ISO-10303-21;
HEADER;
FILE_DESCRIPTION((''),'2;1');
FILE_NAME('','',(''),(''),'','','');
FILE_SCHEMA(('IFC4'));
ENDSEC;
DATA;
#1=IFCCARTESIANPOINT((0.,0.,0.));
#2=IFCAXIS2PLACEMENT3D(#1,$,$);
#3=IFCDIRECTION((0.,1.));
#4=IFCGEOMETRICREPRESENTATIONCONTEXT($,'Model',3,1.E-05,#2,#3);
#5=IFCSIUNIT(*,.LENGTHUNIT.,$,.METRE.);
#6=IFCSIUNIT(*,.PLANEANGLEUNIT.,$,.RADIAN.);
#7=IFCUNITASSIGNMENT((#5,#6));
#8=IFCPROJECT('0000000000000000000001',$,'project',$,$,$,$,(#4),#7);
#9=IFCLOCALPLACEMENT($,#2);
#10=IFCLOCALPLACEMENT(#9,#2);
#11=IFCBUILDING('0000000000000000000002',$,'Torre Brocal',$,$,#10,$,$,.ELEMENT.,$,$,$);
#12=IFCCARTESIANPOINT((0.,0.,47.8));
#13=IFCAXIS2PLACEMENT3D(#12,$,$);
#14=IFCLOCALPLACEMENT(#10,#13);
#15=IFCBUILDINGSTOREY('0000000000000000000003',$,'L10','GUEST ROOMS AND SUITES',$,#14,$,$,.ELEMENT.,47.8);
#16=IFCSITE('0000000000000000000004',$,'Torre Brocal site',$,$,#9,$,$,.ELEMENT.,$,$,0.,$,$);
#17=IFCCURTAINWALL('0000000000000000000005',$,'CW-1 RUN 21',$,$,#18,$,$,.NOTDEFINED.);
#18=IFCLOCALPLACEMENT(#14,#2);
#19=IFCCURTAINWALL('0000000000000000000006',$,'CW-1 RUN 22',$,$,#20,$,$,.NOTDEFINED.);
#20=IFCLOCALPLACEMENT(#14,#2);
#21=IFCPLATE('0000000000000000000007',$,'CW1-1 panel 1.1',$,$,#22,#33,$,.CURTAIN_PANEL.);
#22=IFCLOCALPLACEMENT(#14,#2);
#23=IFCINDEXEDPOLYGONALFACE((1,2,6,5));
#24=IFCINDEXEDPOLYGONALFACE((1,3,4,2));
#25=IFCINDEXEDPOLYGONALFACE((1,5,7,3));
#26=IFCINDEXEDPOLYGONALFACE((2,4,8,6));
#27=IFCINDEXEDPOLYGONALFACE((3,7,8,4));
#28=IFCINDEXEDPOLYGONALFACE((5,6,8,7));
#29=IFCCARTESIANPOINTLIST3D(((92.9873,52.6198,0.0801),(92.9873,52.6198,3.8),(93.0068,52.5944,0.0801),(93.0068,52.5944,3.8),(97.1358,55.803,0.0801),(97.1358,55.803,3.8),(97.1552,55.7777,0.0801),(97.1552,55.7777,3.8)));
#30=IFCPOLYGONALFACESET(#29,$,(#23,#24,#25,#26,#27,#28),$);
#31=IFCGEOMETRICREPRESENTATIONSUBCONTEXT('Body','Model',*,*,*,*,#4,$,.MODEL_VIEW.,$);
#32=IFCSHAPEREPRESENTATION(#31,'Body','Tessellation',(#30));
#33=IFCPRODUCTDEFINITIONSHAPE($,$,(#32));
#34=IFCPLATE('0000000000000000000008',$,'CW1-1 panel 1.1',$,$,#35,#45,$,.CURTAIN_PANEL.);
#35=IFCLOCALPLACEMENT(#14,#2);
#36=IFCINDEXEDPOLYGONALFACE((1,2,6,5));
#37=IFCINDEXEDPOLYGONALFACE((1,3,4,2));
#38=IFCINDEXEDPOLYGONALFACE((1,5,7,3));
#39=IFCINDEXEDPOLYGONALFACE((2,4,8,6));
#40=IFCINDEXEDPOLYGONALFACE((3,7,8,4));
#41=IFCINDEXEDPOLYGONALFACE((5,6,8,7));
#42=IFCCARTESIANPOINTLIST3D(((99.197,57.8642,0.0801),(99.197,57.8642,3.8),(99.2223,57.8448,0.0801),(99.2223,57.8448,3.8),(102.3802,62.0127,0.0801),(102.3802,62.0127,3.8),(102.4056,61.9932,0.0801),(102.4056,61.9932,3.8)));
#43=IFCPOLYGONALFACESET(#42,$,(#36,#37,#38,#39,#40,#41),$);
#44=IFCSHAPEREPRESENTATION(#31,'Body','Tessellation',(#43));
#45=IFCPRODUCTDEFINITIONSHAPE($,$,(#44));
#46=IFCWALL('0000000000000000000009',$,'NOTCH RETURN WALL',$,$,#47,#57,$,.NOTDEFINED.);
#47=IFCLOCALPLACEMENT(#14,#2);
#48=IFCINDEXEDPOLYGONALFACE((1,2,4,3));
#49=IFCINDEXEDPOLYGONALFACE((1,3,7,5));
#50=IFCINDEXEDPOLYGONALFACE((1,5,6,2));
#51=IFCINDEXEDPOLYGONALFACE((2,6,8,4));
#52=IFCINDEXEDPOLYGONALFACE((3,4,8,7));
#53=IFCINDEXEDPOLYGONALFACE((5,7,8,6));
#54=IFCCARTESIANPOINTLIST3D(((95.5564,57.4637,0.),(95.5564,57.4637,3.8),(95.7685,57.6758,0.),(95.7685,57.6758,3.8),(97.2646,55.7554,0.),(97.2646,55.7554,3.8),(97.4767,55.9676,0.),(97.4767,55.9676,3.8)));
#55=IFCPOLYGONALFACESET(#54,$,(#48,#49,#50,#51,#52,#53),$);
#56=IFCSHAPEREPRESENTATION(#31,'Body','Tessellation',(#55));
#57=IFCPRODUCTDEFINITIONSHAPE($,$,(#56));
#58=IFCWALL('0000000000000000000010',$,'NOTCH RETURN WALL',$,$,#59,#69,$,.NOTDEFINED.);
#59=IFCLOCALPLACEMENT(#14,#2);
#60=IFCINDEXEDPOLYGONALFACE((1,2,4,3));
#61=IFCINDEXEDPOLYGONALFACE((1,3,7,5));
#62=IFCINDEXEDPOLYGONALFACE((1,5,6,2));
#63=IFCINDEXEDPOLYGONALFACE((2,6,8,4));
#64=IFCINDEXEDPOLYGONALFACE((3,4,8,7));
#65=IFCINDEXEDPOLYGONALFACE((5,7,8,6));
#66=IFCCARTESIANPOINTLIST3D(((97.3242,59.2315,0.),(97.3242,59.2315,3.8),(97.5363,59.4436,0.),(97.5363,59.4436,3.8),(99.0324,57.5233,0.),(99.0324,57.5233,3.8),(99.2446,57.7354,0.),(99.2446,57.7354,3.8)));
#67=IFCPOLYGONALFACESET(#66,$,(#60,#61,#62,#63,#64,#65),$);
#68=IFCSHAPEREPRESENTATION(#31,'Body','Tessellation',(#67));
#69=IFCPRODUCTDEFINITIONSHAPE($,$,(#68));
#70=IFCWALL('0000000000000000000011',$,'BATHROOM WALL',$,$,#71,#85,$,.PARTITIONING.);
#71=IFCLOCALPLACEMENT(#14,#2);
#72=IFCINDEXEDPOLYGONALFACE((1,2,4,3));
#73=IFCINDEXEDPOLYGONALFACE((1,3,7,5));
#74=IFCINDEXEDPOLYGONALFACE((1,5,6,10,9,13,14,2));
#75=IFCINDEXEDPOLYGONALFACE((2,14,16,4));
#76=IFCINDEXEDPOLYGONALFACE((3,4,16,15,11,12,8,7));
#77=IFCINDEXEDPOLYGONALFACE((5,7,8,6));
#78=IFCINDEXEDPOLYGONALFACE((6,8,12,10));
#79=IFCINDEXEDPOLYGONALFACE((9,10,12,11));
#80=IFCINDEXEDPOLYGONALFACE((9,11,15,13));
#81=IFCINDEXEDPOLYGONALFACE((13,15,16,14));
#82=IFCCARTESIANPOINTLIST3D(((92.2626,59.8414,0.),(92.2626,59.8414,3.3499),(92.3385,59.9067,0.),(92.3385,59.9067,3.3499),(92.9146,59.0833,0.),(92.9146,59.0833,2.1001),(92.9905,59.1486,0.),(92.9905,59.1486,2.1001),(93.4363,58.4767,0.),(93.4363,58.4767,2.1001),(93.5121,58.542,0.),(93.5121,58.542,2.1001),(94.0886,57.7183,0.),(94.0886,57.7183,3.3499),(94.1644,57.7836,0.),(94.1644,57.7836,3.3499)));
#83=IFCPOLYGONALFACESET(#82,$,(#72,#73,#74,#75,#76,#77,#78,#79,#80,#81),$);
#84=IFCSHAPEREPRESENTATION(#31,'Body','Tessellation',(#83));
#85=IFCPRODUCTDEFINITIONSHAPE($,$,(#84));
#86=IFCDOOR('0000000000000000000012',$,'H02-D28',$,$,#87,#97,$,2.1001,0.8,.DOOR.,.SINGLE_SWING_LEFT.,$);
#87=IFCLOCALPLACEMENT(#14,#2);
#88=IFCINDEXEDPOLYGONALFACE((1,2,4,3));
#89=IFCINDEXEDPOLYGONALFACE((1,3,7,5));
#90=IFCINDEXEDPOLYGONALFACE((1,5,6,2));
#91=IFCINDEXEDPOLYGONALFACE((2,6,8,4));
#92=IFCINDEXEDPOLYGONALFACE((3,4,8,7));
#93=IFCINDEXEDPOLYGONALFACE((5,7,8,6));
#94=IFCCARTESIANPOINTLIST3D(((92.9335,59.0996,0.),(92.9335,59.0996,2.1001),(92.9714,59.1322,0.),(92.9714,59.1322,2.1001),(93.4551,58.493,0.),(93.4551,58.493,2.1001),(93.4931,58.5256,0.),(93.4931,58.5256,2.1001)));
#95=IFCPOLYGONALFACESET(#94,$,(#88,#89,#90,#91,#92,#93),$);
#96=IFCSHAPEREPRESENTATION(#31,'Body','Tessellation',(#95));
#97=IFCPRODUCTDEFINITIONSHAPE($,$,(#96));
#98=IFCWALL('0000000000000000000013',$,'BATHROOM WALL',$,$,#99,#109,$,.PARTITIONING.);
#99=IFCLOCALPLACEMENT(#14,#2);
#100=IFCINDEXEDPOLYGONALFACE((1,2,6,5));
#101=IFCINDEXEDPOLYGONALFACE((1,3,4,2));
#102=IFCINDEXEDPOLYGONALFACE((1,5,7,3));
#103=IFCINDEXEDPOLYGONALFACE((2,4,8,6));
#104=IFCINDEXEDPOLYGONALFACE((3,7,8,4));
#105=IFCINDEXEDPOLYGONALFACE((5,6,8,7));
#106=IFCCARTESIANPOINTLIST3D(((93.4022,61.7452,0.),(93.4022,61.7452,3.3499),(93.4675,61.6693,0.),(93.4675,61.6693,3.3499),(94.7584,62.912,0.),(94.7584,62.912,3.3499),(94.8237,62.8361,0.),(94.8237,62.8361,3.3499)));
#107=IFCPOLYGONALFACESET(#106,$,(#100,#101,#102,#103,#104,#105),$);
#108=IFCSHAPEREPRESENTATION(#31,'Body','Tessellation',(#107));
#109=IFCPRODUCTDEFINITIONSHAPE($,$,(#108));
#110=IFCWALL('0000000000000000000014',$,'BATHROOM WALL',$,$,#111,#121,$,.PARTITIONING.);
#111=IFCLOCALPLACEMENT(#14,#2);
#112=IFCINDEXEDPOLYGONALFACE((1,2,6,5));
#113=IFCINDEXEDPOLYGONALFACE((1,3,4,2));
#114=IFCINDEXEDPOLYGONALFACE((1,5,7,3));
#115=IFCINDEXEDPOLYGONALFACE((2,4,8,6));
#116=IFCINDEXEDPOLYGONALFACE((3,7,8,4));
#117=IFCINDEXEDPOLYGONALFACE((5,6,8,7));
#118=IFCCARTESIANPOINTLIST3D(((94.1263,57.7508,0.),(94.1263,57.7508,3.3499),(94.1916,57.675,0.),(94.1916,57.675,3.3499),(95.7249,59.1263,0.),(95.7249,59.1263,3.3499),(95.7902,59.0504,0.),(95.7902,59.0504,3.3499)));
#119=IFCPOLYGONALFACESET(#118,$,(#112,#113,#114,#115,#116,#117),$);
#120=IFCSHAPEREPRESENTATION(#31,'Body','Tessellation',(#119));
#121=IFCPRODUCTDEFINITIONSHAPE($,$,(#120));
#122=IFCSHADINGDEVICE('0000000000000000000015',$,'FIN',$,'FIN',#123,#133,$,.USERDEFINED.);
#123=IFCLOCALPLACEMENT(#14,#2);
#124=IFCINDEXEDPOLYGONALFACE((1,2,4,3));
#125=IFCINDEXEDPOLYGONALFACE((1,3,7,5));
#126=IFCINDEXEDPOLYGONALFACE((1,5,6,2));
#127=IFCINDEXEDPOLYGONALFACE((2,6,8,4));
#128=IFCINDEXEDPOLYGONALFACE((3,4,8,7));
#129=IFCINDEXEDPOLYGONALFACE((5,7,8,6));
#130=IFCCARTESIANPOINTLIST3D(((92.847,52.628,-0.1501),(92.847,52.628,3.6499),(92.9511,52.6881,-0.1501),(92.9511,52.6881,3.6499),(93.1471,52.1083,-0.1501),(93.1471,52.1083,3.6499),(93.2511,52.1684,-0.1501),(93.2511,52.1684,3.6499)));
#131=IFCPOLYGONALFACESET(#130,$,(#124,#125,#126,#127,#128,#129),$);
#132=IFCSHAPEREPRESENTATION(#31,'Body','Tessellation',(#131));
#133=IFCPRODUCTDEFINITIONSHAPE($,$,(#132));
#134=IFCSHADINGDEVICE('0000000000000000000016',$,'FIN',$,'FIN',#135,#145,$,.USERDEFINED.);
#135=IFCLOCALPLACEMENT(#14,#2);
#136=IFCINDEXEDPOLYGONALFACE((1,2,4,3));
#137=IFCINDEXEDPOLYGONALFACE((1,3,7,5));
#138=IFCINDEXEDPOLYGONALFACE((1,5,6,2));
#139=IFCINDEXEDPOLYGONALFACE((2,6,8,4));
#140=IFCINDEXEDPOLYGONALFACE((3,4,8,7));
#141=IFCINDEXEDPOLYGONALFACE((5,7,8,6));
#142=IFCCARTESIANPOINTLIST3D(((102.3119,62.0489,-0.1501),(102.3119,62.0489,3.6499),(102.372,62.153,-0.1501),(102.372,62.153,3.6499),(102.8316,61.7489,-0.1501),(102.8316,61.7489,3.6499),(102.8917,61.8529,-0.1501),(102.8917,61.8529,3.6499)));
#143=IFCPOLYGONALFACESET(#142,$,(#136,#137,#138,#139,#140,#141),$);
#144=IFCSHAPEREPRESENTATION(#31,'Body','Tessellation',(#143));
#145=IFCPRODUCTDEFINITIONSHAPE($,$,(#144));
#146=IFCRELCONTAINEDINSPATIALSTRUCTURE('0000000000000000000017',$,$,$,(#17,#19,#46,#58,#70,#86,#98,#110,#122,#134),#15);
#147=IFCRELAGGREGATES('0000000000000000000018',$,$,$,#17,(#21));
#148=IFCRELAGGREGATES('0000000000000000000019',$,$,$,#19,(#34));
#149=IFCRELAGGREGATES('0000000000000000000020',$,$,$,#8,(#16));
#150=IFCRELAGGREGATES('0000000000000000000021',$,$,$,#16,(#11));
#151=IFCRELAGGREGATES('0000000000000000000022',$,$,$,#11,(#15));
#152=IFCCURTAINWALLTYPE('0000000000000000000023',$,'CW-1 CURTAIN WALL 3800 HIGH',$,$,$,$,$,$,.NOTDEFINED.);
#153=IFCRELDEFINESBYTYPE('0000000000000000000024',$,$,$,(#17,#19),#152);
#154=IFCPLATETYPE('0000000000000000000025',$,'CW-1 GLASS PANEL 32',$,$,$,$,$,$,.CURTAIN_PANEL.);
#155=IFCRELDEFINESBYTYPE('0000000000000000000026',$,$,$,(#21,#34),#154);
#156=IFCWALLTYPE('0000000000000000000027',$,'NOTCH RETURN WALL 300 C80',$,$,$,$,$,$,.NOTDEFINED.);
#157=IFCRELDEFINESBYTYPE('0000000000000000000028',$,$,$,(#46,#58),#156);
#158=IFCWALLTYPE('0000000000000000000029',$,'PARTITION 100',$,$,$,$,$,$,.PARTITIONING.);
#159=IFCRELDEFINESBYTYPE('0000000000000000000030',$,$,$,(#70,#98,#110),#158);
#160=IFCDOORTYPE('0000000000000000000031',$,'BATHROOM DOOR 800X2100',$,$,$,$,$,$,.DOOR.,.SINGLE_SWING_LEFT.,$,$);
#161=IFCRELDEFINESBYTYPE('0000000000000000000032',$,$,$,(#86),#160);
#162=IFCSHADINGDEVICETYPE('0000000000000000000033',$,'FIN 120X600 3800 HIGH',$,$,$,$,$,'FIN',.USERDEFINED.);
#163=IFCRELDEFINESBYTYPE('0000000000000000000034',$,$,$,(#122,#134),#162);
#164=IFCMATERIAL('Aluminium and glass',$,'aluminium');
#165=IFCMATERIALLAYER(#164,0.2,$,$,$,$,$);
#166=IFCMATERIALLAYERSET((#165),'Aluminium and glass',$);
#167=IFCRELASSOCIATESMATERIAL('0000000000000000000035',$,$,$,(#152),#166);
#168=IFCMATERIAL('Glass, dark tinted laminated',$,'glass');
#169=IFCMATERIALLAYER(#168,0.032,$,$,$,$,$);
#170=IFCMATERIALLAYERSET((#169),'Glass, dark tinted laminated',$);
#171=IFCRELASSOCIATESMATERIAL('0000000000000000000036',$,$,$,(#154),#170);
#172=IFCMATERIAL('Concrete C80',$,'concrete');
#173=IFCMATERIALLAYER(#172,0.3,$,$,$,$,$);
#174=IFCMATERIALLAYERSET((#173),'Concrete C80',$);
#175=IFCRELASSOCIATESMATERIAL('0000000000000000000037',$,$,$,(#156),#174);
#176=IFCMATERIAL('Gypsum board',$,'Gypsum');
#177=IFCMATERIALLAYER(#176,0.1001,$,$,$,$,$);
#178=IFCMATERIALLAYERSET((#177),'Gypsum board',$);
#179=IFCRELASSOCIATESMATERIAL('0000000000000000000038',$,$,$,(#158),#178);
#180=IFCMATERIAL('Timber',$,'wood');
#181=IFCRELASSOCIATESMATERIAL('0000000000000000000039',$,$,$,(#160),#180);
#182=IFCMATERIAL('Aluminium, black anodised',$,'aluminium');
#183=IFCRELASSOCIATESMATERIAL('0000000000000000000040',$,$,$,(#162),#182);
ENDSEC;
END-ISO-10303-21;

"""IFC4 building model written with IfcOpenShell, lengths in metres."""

from ifc_helpers import new_model, si_unit, direction, frame, frame_2d, origin, origin_2d, place, context, subcontext, project, spatial, rectangle, extrude, material, layer, layer_set, material_profile, profile_set, type_object, element, fill, aggregate, save


model = new_model("IFC4")

# Units and contexts
model_context = context("Model", 3, precision=1e-05, world=origin(), true_north=direction((0.0, 1.0)))
body_context = subcontext(model_context, "Body", "Model", "MODEL_VIEW")
ifc_project = project(units=[si_unit("LENGTHUNIT", "METRE"), si_unit("PLANEANGLEUNIT", "RADIAN")], contexts=[model_context])

# Site, building, storey
site_placement = place(None, origin())
site = spatial("IfcSite", under=ifc_project, at=site_placement, Name="Torre Brocal site", CompositionType="ELEMENT", RefElevation=0.0)
building_placement = place(site_placement, origin())
building = spatial("IfcBuilding", under=site, at=building_placement, Name="Torre Brocal", CompositionType="ELEMENT")
storey_placement = place(building_placement, frame((0.0, 0.0, 47.8)))
storey = spatial("IfcBuildingStorey", under=building, at=storey_placement, Name="L10", Description="GUEST ROOMS AND SUITES", CompositionType="ELEMENT", Elevation=47.8)

# Shared definitions
ifc_material_1 = material(Name="Aluminium and glass", Category="aluminium")
ifc_layer_1 = layer(ifc_material_1, 0.2)
ifc_layer_set_1 = layer_set([ifc_layer_1], Name="Aluminium and glass")
curtain_wall_type = type_object("IfcCurtainWallType", Name="CW-1 CURTAIN WALL 3800 HIGH", PredefinedType="NOTDEFINED", material=ifc_layer_set_1)

# Curtain walls
curtain_wall_1_placement = place(storey_placement, origin())
curtain_wall_1 = element("IfcCurtainWall", 1, at=curtain_wall_1_placement, inside=storey, type_object=curtain_wall_type, Name="CW-1 RUN 21", PredefinedType="NOTDEFINED")
curtain_wall_2_placement = place(storey_placement, origin())
curtain_wall_2 = element("IfcCurtainWall", 2, at=curtain_wall_2_placement, inside=storey, type_object=curtain_wall_type, Name="CW-1 RUN 22", PredefinedType="NOTDEFINED")

# Plates
ifc_material_2 = material(Name="Glass, dark tinted laminated", Category="glass")
ifc_layer_2 = layer(ifc_material_2, 0.032)
ifc_layer_set_2 = layer_set([ifc_layer_2], Name="Glass, dark tinted laminated")
plate_type = type_object("IfcPlateType", Name="CW-1 GLASS PANEL 32", PredefinedType="CURTAIN_PANEL", material=ifc_layer_set_2)
plate_1_placement = place(storey_placement, frame((95.0713, 54.1987, 0.0801), z_axis=(0.0, 0.0, 1.0), x_axis=(0.793353, 0.608761, 0.0)))
plate_1 = element("IfcPlate", 3, at=plate_1_placement, type_object=plate_type, Name="CW1-1 panel 1.1", PredefinedType="CURTAIN_PANEL", context=body_context, shape_type="SweptSolid", body=[
    extrude(rectangle(XDim=5.229, YDim=0.032, at=origin_2d()), origin(), (0.0, 0.0, 1.0), 3.72),
])
aggregate(curtain_wall_1, [plate_1])
plate_2_placement = place(storey_placement, frame((100.8013, 59.9287, 0.0801), z_axis=(0.0, 0.0, 1.0), x_axis=(0.608761, 0.793353, 0.0)))
plate_2 = element("IfcPlate", 4, at=plate_2_placement, type_object=plate_type, Name="CW1-1 panel 1.1", PredefinedType="CURTAIN_PANEL", context=body_context, shape_type="SweptSolid", body=[
    extrude(rectangle(XDim=5.229, YDim=0.032, at=origin_2d()), origin(), (0.0, 0.0, 1.0), 3.72),
])
aggregate(curtain_wall_2, [plate_2])

# Walls
ifc_material_3 = material(Name="Concrete C80", Category="concrete")
ifc_layer_3 = layer(ifc_material_3, 0.3)
ifc_layer_set_3 = layer_set([ifc_layer_3], Name="Concrete C80")
wall_type_1 = type_object("IfcWallType", Name="NOTCH RETURN WALL 300 C80", PredefinedType="NOTDEFINED", material=ifc_layer_set_3)
for number, where, z_axis, x_axis, name in (
    (5, (95.6624, 57.5698, 0.0), (0.0, 0.0, 1.0), (0.707107, -0.707107, 0.0), "NOTCH RETURN WALL"),
    (6, (97.4302, 59.3376, 0.0), (0.0, 0.0, 1.0), (0.707107, -0.707107, 0.0), "NOTCH RETURN WALL"),
):
    element("IfcWall", number, at=place(storey_placement, frame(where, z_axis=z_axis, x_axis=x_axis)), inside=storey, type_object=wall_type_1, Name=name, PredefinedType="NOTDEFINED", context=body_context, shape_type="SweptSolid", body=[
        extrude(rectangle(XDim=2.4158, YDim=0.3, at=frame_2d((1.208, 0.0))), origin(), (0.0, 0.0, 1.0), 3.8),
    ])

# Wall, opening, door
ifc_material_4 = material(Name="Gypsum board", Category="Gypsum")
ifc_layer_4 = layer(ifc_material_4, 0.1001)
ifc_layer_set_4 = layer_set([ifc_layer_4], Name="Gypsum board")
wall_type_2 = type_object("IfcWallType", Name="PARTITION 100", PredefinedType="PARTITIONING", material=ifc_layer_set_4)
wall_1_placement = place(storey_placement, frame((92.3005, 59.874, 0.0), z_axis=(0.0, 0.0, 1.0), x_axis=(0.652061, -0.758166, 0.0)))
wall_1 = element("IfcWall", 7, at=wall_1_placement, inside=storey, type_object=wall_type_2, Name="BATHROOM WALL", PredefinedType="PARTITIONING", context=body_context, shape_type="SweptSolid", body=[
    extrude(rectangle(XDim=2.8003, YDim=0.1001, at=frame_2d((1.4001, 0.0))), origin(), (0.0, 0.0, 1.0), 3.3499),
])
opening_placement = place(wall_1_placement, frame((1.0, 0.0, 0.0)))
opening = element("IfcOpeningElement", 8, at=opening_placement, cuts=wall_1, PredefinedType="OPENING", context=body_context, shape_type="SweptSolid", body=[
    extrude(rectangle(XDim=0.8, YDim=2.1001, at=frame_2d((0.3999, 1.05))), frame((0.0, 0.0601, 0.0), z_axis=(0.0, -1.0, 0.0), x_axis=(1.0, 0.0, 0.0)), (0.0, 0.0, 1.0), 0.1201),
])
ifc_material_5 = material(Name="Timber", Category="wood")
door_type = type_object("IfcDoorType", Name="BATHROOM DOOR 800X2100", OperationType="SINGLE_SWING_LEFT", PredefinedType="DOOR", material=ifc_material_5)
door_placement = place(opening_placement, origin())
door = element("IfcDoor", 9, at=door_placement, inside=storey, type_object=door_type, Name="H02-D28", OperationType="SINGLE_SWING_LEFT", OverallHeight=2.1001, OverallWidth=0.8, PredefinedType="DOOR", context=body_context, shape_type="SweptSolid", body=[
    extrude(rectangle(XDim=0.8, YDim=2.1001, at=frame_2d((0.3999, 1.05))), frame((0.0, 0.0249, 0.0), z_axis=(0.0, -1.0, 0.0), x_axis=(1.0, 0.0, 0.0)), (0.0, 0.0, 1.0), 0.05),
])
fill(opening, door)

# Walls
wall_2_placement = place(storey_placement, frame((93.4348, 61.7073, 0.0), z_axis=(0.0, 0.0, 1.0), x_axis=(0.75807, 0.652173, 0.0)))
element("IfcWall", 10, at=wall_2_placement, inside=storey, type_object=wall_type_2, Name="BATHROOM WALL", PredefinedType="PARTITIONING", context=body_context, shape_type="SweptSolid", body=[
    extrude(rectangle(XDim=1.7891, YDim=0.1001, at=frame_2d((0.8945, 0.0))), origin(), (0.0, 0.0, 1.0), 3.3499),
])
wall_3_placement = place(storey_placement, frame((94.1589, 57.7129, 0.0), z_axis=(0.0, 0.0, 1.0), x_axis=(0.75803, 0.65222, 0.0)))
element("IfcWall", 11, at=wall_3_placement, inside=storey, type_object=wall_type_2, Name="BATHROOM WALL", PredefinedType="PARTITIONING", context=body_context, shape_type="SweptSolid", body=[
    extrude(rectangle(XDim=2.1089, YDim=0.1001, at=frame_2d((1.0544, 0.0))), origin(), (0.0, 0.0, 1.0), 3.3499),
])

# Shading devices
ifc_material_6 = material(Name="Aluminium, black anodised", Category="aluminium")
ifc_material_profile_1 = material_profile(ifc_material_6, rectangle(XDim=0.1201, YDim=0.6001, at=origin_2d()), Name="FIN 120X600 3800 HIGH")
ifc_profile_set_1 = profile_set([ifc_material_profile_1], Name="Aluminium, black anodised")
shading_device_type = type_object("IfcShadingDeviceType", Name="FIN 120X600 3800 HIGH", ElementType="FIN", PredefinedType="USERDEFINED", material=ifc_profile_set_1)
for number, where, z_axis, x_axis, name in (
    (12, (93.0491, 52.3982, -0.1501), (0.0, 0.0, 1.0), (0.866025, 0.5, 0.0), "FIN"),
    (13, (102.6018, 61.9509, -0.1501), (0.0, 0.0, 1.0), (0.5, 0.866025, 0.0), "FIN"),
):
    element("IfcShadingDevice", number, at=place(storey_placement, frame(where, z_axis=z_axis, x_axis=x_axis)), inside=storey, type_object=shading_device_type, Name=name, ObjectType="FIN", PredefinedType="USERDEFINED", context=body_context, shape_type="SweptSolid", body=[
        extrude(rectangle(XDim=0.1201, YDim=0.6001, at=origin_2d()), origin(), (0.0, 0.0, 1.0), 3.8),
    ])

save(model, "model.ifc")
